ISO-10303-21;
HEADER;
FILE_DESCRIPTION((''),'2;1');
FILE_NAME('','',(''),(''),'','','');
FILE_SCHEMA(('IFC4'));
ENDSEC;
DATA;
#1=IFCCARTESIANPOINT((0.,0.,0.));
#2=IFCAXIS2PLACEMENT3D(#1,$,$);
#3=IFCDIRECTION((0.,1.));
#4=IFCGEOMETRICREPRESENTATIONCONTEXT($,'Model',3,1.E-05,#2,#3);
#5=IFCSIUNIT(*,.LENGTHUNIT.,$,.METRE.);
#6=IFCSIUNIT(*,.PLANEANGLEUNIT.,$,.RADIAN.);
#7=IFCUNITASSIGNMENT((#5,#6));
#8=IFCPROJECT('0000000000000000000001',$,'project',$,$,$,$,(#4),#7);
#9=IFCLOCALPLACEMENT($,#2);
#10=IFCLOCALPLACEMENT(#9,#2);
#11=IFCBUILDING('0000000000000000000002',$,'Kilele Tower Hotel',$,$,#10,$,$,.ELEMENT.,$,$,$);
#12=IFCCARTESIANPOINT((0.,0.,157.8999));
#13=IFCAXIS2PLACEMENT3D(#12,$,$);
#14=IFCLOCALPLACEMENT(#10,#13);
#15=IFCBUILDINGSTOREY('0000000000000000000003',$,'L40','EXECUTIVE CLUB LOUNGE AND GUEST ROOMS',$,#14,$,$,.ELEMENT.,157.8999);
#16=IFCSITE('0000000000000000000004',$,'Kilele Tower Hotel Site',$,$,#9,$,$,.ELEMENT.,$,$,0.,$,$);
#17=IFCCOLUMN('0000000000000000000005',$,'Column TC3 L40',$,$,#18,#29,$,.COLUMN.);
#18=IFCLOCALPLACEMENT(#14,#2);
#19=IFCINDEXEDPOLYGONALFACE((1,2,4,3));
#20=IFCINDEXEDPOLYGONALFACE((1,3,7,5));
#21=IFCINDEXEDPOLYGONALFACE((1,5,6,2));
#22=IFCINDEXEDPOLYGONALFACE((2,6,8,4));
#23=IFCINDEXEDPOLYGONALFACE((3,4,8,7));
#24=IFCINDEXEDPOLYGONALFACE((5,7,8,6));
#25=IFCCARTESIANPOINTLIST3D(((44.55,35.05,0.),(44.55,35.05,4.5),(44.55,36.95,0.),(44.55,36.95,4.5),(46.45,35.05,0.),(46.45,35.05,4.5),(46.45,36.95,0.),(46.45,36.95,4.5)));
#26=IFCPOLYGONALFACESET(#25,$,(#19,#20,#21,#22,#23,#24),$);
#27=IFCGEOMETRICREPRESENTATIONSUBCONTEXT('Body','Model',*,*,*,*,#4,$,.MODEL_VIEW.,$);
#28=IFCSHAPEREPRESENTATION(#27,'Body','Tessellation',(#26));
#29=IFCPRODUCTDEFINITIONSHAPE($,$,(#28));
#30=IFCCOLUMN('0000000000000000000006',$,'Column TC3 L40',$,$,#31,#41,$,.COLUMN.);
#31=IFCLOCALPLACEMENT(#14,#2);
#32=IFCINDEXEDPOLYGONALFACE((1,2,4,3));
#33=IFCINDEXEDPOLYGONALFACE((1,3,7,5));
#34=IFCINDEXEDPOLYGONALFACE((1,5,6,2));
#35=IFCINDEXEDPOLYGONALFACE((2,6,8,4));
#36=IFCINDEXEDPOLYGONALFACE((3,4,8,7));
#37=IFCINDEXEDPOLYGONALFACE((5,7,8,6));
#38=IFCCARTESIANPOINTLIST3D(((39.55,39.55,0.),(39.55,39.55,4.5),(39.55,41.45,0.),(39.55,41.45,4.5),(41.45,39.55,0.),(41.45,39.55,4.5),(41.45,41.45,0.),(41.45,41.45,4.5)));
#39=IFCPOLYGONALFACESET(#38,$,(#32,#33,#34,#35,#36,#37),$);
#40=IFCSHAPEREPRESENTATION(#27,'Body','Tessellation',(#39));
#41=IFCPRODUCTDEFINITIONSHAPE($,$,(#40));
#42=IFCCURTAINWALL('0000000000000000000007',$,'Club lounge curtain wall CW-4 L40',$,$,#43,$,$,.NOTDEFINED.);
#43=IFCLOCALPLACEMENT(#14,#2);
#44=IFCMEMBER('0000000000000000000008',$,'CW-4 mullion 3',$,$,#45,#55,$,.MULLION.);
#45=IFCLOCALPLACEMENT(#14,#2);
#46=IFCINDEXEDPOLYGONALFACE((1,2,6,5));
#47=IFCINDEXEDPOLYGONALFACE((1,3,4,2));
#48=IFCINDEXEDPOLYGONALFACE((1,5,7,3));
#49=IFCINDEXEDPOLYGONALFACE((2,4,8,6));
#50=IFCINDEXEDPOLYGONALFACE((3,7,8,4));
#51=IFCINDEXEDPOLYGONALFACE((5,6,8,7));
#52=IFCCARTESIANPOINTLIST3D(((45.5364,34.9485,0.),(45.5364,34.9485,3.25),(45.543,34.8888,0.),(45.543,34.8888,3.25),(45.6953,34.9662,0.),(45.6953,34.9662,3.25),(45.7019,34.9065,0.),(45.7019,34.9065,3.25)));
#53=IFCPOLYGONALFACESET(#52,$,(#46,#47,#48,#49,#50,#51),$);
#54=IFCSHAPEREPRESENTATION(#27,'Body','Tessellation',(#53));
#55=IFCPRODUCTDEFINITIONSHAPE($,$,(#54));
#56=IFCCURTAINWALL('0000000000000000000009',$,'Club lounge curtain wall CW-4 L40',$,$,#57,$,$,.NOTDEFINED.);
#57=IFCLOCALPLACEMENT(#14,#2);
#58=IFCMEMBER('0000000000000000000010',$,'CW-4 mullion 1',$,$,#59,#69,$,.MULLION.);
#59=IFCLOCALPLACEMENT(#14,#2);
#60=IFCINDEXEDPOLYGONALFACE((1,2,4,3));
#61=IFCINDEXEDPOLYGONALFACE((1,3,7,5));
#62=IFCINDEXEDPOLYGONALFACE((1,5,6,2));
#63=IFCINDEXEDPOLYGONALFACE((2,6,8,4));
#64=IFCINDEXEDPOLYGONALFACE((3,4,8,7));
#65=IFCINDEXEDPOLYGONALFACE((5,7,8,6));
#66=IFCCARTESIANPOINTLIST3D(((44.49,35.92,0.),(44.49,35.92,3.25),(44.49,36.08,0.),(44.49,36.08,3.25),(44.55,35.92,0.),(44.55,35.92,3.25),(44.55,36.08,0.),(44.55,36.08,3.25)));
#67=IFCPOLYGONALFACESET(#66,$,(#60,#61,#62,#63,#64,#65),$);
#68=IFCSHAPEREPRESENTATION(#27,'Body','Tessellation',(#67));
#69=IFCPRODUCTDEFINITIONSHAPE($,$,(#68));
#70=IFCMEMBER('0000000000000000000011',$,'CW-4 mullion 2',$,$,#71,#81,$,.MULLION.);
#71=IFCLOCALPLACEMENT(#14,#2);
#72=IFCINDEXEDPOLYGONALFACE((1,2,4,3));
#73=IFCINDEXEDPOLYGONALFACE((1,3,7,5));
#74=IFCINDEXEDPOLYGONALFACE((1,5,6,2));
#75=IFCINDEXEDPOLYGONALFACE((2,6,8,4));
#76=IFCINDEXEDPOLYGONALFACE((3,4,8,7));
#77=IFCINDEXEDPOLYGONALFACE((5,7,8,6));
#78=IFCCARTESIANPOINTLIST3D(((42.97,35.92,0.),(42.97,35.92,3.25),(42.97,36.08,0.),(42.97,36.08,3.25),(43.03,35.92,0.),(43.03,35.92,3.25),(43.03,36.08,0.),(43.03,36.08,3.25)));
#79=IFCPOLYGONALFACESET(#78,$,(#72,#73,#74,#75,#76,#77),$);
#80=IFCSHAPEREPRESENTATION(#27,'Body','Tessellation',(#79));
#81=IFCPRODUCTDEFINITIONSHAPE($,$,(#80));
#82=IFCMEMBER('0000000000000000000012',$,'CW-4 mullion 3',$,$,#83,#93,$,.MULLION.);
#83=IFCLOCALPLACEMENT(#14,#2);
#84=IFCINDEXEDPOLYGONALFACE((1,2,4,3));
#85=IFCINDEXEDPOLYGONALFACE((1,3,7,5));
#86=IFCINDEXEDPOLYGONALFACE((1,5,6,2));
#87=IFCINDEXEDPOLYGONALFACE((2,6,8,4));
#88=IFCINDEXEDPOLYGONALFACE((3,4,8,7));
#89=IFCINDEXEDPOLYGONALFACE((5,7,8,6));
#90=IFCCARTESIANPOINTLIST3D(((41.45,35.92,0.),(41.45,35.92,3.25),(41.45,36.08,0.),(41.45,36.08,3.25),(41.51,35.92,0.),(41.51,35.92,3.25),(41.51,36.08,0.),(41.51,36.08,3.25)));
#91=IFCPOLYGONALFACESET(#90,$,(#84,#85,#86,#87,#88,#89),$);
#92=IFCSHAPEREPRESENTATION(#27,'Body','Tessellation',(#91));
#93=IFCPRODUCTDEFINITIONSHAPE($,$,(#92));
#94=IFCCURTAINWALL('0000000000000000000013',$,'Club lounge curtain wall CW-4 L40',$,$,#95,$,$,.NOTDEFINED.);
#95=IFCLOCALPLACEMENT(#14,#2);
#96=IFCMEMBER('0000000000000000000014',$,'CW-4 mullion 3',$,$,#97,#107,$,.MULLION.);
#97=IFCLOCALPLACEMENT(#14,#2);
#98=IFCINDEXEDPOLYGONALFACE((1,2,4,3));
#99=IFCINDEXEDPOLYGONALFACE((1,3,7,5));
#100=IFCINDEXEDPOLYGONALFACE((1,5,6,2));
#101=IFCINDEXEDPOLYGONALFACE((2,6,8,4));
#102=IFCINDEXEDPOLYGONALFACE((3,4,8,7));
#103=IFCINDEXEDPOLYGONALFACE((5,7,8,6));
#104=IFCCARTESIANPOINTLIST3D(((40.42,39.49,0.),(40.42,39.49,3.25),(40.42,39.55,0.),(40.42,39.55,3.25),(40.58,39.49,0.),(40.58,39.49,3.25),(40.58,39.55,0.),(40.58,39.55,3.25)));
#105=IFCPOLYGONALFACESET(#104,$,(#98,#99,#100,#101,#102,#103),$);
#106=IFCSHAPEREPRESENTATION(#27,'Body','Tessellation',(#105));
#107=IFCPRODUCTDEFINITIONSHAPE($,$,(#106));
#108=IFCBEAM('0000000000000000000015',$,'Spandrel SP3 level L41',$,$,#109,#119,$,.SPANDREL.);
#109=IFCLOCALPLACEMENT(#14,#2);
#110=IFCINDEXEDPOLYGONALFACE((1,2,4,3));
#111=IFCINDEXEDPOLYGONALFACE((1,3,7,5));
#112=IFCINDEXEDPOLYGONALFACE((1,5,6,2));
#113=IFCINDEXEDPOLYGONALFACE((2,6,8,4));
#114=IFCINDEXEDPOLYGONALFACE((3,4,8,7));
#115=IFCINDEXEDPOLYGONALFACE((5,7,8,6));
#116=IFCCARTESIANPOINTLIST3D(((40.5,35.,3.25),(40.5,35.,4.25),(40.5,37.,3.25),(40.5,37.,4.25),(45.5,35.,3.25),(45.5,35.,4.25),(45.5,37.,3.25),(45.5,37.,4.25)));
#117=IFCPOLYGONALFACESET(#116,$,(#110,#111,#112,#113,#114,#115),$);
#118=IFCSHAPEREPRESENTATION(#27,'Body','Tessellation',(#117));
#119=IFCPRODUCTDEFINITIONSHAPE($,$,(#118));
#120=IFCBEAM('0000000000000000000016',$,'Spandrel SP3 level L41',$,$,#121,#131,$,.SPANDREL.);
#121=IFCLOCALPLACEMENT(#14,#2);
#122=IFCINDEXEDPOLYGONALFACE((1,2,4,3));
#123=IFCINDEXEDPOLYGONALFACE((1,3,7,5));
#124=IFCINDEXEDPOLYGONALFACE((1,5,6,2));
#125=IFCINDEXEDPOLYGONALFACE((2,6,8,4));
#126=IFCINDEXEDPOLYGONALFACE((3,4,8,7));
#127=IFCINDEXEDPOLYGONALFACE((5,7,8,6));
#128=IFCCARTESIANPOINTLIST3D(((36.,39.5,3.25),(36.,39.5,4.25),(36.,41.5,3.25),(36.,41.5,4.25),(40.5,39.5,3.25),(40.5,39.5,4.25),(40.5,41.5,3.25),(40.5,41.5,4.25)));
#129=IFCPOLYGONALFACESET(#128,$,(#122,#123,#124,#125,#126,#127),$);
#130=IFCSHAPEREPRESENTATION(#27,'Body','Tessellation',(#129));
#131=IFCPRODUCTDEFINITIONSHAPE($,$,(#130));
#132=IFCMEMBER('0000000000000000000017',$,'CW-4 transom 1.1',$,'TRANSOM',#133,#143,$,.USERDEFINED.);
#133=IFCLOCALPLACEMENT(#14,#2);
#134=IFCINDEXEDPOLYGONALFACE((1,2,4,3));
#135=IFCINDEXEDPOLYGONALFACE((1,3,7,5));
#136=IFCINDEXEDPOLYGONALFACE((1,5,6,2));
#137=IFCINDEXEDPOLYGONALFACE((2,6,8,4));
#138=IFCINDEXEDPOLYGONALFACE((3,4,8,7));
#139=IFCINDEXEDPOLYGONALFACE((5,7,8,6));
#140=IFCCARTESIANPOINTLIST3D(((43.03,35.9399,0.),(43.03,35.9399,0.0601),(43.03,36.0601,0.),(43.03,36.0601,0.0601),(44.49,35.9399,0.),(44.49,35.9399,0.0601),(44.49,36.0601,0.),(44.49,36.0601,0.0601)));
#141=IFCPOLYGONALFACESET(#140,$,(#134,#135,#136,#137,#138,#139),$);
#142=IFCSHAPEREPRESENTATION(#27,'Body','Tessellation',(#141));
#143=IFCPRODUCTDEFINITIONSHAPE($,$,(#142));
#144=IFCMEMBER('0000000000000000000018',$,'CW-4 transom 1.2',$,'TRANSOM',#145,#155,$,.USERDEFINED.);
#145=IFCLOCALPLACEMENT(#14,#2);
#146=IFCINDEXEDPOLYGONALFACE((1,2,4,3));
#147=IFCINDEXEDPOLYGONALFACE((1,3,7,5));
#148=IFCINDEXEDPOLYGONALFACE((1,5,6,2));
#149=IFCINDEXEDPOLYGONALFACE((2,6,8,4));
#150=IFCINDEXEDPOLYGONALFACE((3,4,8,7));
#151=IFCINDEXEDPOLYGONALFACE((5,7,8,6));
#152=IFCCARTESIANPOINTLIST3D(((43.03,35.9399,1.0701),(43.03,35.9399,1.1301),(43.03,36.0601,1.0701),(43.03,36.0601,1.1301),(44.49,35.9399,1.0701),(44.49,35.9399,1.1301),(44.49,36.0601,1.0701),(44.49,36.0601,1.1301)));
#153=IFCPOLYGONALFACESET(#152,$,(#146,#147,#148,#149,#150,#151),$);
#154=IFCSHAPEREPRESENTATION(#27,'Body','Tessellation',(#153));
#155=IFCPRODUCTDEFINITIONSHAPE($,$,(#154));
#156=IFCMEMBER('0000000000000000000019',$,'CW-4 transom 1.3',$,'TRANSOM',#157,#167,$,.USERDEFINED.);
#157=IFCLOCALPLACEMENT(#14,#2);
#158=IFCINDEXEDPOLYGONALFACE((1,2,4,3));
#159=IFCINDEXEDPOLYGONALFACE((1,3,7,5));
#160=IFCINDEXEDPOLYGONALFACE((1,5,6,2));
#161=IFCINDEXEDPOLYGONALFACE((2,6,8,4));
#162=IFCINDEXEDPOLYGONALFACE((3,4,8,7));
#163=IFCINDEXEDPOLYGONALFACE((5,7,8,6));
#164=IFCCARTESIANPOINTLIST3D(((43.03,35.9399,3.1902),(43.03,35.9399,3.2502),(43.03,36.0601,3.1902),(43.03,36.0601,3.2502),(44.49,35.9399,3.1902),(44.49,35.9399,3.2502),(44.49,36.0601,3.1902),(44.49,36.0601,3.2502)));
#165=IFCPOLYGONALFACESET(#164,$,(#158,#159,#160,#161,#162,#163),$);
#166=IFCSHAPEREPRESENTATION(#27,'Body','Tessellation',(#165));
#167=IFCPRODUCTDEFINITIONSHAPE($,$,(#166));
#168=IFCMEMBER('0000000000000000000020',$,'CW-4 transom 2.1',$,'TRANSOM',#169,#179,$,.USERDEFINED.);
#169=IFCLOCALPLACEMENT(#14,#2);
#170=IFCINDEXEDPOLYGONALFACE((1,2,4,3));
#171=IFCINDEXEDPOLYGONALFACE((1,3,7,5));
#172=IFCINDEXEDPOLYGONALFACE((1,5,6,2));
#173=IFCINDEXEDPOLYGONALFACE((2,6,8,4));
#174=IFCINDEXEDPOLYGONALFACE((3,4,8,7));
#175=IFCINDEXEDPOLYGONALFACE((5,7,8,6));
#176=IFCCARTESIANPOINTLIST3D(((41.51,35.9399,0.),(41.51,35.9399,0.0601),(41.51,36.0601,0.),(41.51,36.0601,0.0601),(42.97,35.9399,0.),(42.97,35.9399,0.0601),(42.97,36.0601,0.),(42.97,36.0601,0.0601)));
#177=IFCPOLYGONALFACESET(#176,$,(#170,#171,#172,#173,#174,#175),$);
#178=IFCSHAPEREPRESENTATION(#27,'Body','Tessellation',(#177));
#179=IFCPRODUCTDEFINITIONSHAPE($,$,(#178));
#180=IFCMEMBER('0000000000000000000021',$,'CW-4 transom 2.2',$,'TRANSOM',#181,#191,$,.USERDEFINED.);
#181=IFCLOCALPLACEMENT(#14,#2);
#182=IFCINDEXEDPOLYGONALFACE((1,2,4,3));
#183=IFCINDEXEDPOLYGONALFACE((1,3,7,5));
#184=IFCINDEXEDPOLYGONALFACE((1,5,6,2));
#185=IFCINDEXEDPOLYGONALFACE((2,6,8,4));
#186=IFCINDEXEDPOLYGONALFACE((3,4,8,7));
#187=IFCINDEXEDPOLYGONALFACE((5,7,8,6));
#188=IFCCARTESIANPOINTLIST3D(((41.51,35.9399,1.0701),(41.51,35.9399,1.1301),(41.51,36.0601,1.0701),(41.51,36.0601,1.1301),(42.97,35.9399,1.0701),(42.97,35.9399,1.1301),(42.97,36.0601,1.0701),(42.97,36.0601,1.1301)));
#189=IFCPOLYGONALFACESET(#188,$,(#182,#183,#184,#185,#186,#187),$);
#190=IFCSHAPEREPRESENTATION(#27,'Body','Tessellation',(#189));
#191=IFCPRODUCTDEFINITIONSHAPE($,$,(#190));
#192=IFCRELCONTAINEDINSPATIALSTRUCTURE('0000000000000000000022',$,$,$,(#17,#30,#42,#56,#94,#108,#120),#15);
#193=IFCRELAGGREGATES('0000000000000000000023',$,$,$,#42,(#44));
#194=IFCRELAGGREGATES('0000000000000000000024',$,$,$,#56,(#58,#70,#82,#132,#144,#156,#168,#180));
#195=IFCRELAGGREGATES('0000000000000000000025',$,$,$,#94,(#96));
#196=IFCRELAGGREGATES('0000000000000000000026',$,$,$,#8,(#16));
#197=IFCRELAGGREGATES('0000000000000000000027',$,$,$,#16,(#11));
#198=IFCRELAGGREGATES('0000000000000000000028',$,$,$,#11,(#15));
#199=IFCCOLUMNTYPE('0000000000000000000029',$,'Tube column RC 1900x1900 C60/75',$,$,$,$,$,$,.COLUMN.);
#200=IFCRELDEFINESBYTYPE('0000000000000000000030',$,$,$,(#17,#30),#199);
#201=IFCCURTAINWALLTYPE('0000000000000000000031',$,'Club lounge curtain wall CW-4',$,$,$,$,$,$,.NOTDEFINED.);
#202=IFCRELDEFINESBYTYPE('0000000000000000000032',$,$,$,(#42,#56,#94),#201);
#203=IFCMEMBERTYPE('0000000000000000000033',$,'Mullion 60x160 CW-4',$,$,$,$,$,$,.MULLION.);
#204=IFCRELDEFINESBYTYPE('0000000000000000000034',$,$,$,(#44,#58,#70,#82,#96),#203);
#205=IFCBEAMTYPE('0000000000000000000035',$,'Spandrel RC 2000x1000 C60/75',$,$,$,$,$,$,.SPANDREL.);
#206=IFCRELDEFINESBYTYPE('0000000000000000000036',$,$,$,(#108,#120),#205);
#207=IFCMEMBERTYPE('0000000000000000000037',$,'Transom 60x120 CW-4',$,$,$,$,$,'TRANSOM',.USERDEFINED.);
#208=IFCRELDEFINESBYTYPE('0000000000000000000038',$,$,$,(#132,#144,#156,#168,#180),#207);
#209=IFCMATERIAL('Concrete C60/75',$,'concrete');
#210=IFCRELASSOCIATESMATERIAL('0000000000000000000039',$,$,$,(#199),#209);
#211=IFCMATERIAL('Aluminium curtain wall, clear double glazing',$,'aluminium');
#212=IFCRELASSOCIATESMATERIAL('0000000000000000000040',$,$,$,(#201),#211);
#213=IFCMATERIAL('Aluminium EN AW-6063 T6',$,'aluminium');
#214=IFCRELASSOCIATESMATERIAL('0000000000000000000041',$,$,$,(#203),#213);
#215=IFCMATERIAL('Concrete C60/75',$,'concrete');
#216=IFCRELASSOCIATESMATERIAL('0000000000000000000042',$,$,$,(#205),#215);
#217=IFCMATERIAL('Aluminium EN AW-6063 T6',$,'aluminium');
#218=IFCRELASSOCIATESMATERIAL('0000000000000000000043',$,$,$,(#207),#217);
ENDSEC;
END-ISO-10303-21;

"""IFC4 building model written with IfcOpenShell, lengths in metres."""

from ifc_helpers import new_model, si_unit, direction, frame, origin, origin_2d, place, context, subcontext, project, spatial, rectangle, extrude, material, material_profile, profile_set, type_object, element, aggregate, save


model = new_model("IFC4")

# Units and contexts
model_context = context("Model", 3, precision=1e-05, world=origin(), true_north=direction((0.0, 1.0)))
body_context = subcontext(model_context, "Body", "Model", "MODEL_VIEW")
ifc_project = project(units=[si_unit("LENGTHUNIT", "METRE"), si_unit("PLANEANGLEUNIT", "RADIAN")], contexts=[model_context])

# Site, building, storey
site_placement = place(None, origin())
site = spatial("IfcSite", under=ifc_project, at=site_placement, Name="Kilele Tower Hotel Site", CompositionType="ELEMENT", RefElevation=0.0)
building_placement = place(site_placement, origin())
building = spatial("IfcBuilding", under=site, at=building_placement, Name="Kilele Tower Hotel", CompositionType="ELEMENT")
storey_placement = place(building_placement, frame((0.0, 0.0, 157.8999)))
storey = spatial("IfcBuildingStorey", under=building, at=storey_placement, Name="L40", Description="EXECUTIVE CLUB LOUNGE AND GUEST ROOMS", CompositionType="ELEMENT", Elevation=157.8999)

# Columns
ifc_material_1 = material(Name="Concrete C60/75", Category="concrete")
ifc_material_profile_1 = material_profile(ifc_material_1, rectangle(XDim=1.8999, YDim=1.8999, at=origin_2d()))
ifc_profile_set_1 = profile_set([ifc_material_profile_1], Name="Concrete C60/75")
column_type = type_object("IfcColumnType", Name="Tube column RC 1900x1900 C60/75", PredefinedType="COLUMN", material=ifc_profile_set_1)
for number, where, z_axis, x_axis, name in (
    (1, (45.5, 36.0, 0.0), (0.0, 0.0, 1.0), (1.0, 0.0, 0.0), "Column TC3 L40"),
    (2, (40.5, 40.5, 0.0), (0.0, 0.0, 1.0), (1.0, 0.0, 0.0), "Column TC3 L40"),
):
    element("IfcColumn", number, at=place(storey_placement, frame(where, z_axis=z_axis, x_axis=x_axis)), inside=storey, type_object=column_type, Name=name, PredefinedType="COLUMN", context=body_context, shape_type="SweptSolid", body=[
        extrude(rectangle(XDim=1.8999, YDim=1.8999, at=origin_2d()), origin(), (0.0, 0.0, 1.0), 4.5),
    ])

# Curtain wall, member
ifc_material_2 = material(Name="Aluminium curtain wall, clear double glazing", Category="aluminium")
curtain_wall_type = type_object("IfcCurtainWallType", Name="Club lounge curtain wall CW-4", PredefinedType="NOTDEFINED", material=ifc_material_2)
curtain_wall_1_placement = place(storey_placement, origin())
curtain_wall_1 = element("IfcCurtainWall", 3, at=curtain_wall_1_placement, inside=storey, type_object=curtain_wall_type, Name="Club lounge curtain wall CW-4 L40", PredefinedType="NOTDEFINED")
ifc_material_3 = material(Name="Aluminium EN AW-6063 T6", Category="aluminium")
ifc_material_profile_2 = material_profile(ifc_material_3, rectangle(XDim=0.1599, YDim=0.0601, at=origin_2d()))
ifc_profile_set_2 = profile_set([ifc_material_profile_2], Name="Aluminium EN AW-6063 T6")
member_type_1 = type_object("IfcMemberType", Name="Mullion 60x160 CW-4", PredefinedType="MULLION", material=ifc_profile_set_2)
member_1_placement = place(storey_placement, frame((45.6191, 34.9275, 0.0), z_axis=(0.0, 0.0, 1.0), x_axis=(-0.993884, -0.110432, 0.0)))
member_1 = element("IfcMember", 4, at=member_1_placement, type_object=member_type_1, Name="CW-4 mullion 3", PredefinedType="MULLION", context=body_context, shape_type="SweptSolid", body=[
    extrude(rectangle(XDim=0.1599, YDim=0.0601, at=origin_2d()), origin(), (0.0, 0.0, 1.0), 3.25),
])
aggregate(curtain_wall_1, [member_1])

# Curtain wall, members
curtain_wall_2_placement = place(storey_placement, origin())
curtain_wall_2 = element("IfcCurtainWall", 5, at=curtain_wall_2_placement, inside=storey, type_object=curtain_wall_type, Name="Club lounge curtain wall CW-4 L40", PredefinedType="NOTDEFINED")
member_2_placement = place(storey_placement, frame((44.52, 36.0, 0.0), z_axis=(0.0, 0.0, 1.0), x_axis=(0.0, -1.0, 0.0)))
member_2 = element("IfcMember", 6, at=member_2_placement, type_object=member_type_1, Name="CW-4 mullion 1", PredefinedType="MULLION", context=body_context, shape_type="SweptSolid", body=[
    extrude(rectangle(XDim=0.1599, YDim=0.0601, at=origin_2d()), origin(), (0.0, 0.0, 1.0), 3.25),
])
member_3_placement = place(storey_placement, frame((43.0, 36.0, 0.0), z_axis=(0.0, 0.0, 1.0), x_axis=(0.0, -1.0, 0.0)))
member_3 = element("IfcMember", 7, at=member_3_placement, type_object=member_type_1, Name="CW-4 mullion 2", PredefinedType="MULLION", context=body_context, shape_type="SweptSolid", body=[
    extrude(rectangle(XDim=0.1599, YDim=0.0601, at=origin_2d()), origin(), (0.0, 0.0, 1.0), 3.25),
])
member_4_placement = place(storey_placement, frame((41.48, 36.0, 0.0), z_axis=(0.0, 0.0, 1.0), x_axis=(0.0, -1.0, 0.0)))
member_4 = element("IfcMember", 8, at=member_4_placement, type_object=member_type_1, Name="CW-4 mullion 3", PredefinedType="MULLION", context=body_context, shape_type="SweptSolid", body=[
    extrude(rectangle(XDim=0.1599, YDim=0.0601, at=origin_2d()), origin(), (0.0, 0.0, 1.0), 3.25),
])

# Curtain wall, member
curtain_wall_3_placement = place(storey_placement, origin())
curtain_wall_3 = element("IfcCurtainWall", 9, at=curtain_wall_3_placement, inside=storey, type_object=curtain_wall_type, Name="Club lounge curtain wall CW-4 L40", PredefinedType="NOTDEFINED")
member_5_placement = place(storey_placement, frame((40.5, 39.52, 0.0), z_axis=(0.0, 0.0, 1.0), x_axis=(-1.0, 0.0, 0.0)))
member_5 = element("IfcMember", 10, at=member_5_placement, type_object=member_type_1, Name="CW-4 mullion 3", PredefinedType="MULLION", context=body_context, shape_type="SweptSolid", body=[
    extrude(rectangle(XDim=0.1599, YDim=0.0601, at=origin_2d()), origin(), (0.0, 0.0, 1.0), 3.25),
])

# Beams
ifc_material_4 = material(Name="Concrete C60/75", Category="concrete")
ifc_material_profile_3 = material_profile(ifc_material_4, rectangle(XDim=2.0, YDim=1.0, at=origin_2d()))
ifc_profile_set_3 = profile_set([ifc_material_profile_3], Name="Concrete C60/75")
beam_type = type_object("IfcBeamType", Name="Spandrel RC 2000x1000 C60/75", PredefinedType="SPANDREL", material=ifc_profile_set_3)
beam_1_placement = place(storey_placement, frame((45.5, 36.0, 3.75), z_axis=(-1.0, 0.0, 0.0), x_axis=(0.0, -1.0, 0.0)))
element("IfcBeam", 11, at=beam_1_placement, inside=storey, type_object=beam_type, Name="Spandrel SP3 level L41", PredefinedType="SPANDREL", context=body_context, shape_type="SweptSolid", body=[
    extrude(rectangle(XDim=2.0, YDim=1.0, at=origin_2d()), origin(), (0.0, 0.0, 1.0), 5.0),
])
beam_2_placement = place(storey_placement, frame((40.5, 40.5, 3.75), z_axis=(-1.0, 0.0, 0.0), x_axis=(0.0, -1.0, 0.0)))
element("IfcBeam", 12, at=beam_2_placement, inside=storey, type_object=beam_type, Name="Spandrel SP3 level L41", PredefinedType="SPANDREL", context=body_context, shape_type="SweptSolid", body=[
    extrude(rectangle(XDim=2.0, YDim=1.0, at=origin_2d()), origin(), (0.0, 0.0, 1.0), 4.5),
])

# Members
ifc_material_5 = material(Name="Aluminium EN AW-6063 T6", Category="aluminium")
ifc_material_profile_4 = material_profile(ifc_material_5, rectangle(XDim=0.1201, YDim=0.0601, at=origin_2d()))
ifc_profile_set_4 = profile_set([ifc_material_profile_4], Name="Aluminium EN AW-6063 T6")
member_type_2 = type_object("IfcMemberType", Name="Transom 60x120 CW-4", ElementType="TRANSOM", PredefinedType="USERDEFINED", material=ifc_profile_set_4)
member_6_placement = place(storey_placement, frame((44.49, 36.0, 0.03), z_axis=(-1.0, 0.0, 0.0), x_axis=(0.0, -1.0, 0.0)))
member_6 = element("IfcMember", 13, at=member_6_placement, type_object=member_type_2, Name="CW-4 transom 1.1", ObjectType="TRANSOM", PredefinedType="USERDEFINED", context=body_context, shape_type="SweptSolid", body=[
    extrude(rectangle(XDim=0.1201, YDim=0.0601, at=origin_2d()), origin(), (0.0, 0.0, 1.0), 1.46),
])
member_7_placement = place(storey_placement, frame((44.49, 36.0, 1.1001), z_axis=(-1.0, 0.0, 0.0), x_axis=(0.0, -1.0, 0.0)))
member_7 = element("IfcMember", 14, at=member_7_placement, type_object=member_type_2, Name="CW-4 transom 1.2", ObjectType="TRANSOM", PredefinedType="USERDEFINED", context=body_context, shape_type="SweptSolid", body=[
    extrude(rectangle(XDim=0.1201, YDim=0.0601, at=origin_2d()), origin(), (0.0, 0.0, 1.0), 1.46),
])
member_8_placement = place(storey_placement, frame((44.49, 36.0, 3.2202), z_axis=(-1.0, 0.0, 0.0), x_axis=(0.0, -1.0, 0.0)))
member_8 = element("IfcMember", 15, at=member_8_placement, type_object=member_type_2, Name="CW-4 transom 1.3", ObjectType="TRANSOM", PredefinedType="USERDEFINED", context=body_context, shape_type="SweptSolid", body=[
    extrude(rectangle(XDim=0.1201, YDim=0.0601, at=origin_2d()), origin(), (0.0, 0.0, 1.0), 1.46),
])
member_9_placement = place(storey_placement, frame((42.97, 36.0, 0.03), z_axis=(-1.0, 0.0, 0.0), x_axis=(0.0, -1.0, 0.0)))
member_9 = element("IfcMember", 16, at=member_9_placement, type_object=member_type_2, Name="CW-4 transom 2.1", ObjectType="TRANSOM", PredefinedType="USERDEFINED", context=body_context, shape_type="SweptSolid", body=[
    extrude(rectangle(XDim=0.1201, YDim=0.0601, at=origin_2d()), origin(), (0.0, 0.0, 1.0), 1.46),
])
member_10_placement = place(storey_placement, frame((42.97, 36.0, 1.1001), z_axis=(-1.0, 0.0, 0.0), x_axis=(0.0, -1.0, 0.0)))
member_10 = element("IfcMember", 17, at=member_10_placement, type_object=member_type_2, Name="CW-4 transom 2.2", ObjectType="TRANSOM", PredefinedType="USERDEFINED", context=body_context, shape_type="SweptSolid", body=[
    extrude(rectangle(XDim=0.1201, YDim=0.0601, at=origin_2d()), origin(), (0.0, 0.0, 1.0), 1.46),
])

aggregate(curtain_wall_2, [member_2, member_3, member_4, member_6, member_7, member_8, member_9, member_10])
aggregate(curtain_wall_3, [member_5])

save(model, "model.ifc")
